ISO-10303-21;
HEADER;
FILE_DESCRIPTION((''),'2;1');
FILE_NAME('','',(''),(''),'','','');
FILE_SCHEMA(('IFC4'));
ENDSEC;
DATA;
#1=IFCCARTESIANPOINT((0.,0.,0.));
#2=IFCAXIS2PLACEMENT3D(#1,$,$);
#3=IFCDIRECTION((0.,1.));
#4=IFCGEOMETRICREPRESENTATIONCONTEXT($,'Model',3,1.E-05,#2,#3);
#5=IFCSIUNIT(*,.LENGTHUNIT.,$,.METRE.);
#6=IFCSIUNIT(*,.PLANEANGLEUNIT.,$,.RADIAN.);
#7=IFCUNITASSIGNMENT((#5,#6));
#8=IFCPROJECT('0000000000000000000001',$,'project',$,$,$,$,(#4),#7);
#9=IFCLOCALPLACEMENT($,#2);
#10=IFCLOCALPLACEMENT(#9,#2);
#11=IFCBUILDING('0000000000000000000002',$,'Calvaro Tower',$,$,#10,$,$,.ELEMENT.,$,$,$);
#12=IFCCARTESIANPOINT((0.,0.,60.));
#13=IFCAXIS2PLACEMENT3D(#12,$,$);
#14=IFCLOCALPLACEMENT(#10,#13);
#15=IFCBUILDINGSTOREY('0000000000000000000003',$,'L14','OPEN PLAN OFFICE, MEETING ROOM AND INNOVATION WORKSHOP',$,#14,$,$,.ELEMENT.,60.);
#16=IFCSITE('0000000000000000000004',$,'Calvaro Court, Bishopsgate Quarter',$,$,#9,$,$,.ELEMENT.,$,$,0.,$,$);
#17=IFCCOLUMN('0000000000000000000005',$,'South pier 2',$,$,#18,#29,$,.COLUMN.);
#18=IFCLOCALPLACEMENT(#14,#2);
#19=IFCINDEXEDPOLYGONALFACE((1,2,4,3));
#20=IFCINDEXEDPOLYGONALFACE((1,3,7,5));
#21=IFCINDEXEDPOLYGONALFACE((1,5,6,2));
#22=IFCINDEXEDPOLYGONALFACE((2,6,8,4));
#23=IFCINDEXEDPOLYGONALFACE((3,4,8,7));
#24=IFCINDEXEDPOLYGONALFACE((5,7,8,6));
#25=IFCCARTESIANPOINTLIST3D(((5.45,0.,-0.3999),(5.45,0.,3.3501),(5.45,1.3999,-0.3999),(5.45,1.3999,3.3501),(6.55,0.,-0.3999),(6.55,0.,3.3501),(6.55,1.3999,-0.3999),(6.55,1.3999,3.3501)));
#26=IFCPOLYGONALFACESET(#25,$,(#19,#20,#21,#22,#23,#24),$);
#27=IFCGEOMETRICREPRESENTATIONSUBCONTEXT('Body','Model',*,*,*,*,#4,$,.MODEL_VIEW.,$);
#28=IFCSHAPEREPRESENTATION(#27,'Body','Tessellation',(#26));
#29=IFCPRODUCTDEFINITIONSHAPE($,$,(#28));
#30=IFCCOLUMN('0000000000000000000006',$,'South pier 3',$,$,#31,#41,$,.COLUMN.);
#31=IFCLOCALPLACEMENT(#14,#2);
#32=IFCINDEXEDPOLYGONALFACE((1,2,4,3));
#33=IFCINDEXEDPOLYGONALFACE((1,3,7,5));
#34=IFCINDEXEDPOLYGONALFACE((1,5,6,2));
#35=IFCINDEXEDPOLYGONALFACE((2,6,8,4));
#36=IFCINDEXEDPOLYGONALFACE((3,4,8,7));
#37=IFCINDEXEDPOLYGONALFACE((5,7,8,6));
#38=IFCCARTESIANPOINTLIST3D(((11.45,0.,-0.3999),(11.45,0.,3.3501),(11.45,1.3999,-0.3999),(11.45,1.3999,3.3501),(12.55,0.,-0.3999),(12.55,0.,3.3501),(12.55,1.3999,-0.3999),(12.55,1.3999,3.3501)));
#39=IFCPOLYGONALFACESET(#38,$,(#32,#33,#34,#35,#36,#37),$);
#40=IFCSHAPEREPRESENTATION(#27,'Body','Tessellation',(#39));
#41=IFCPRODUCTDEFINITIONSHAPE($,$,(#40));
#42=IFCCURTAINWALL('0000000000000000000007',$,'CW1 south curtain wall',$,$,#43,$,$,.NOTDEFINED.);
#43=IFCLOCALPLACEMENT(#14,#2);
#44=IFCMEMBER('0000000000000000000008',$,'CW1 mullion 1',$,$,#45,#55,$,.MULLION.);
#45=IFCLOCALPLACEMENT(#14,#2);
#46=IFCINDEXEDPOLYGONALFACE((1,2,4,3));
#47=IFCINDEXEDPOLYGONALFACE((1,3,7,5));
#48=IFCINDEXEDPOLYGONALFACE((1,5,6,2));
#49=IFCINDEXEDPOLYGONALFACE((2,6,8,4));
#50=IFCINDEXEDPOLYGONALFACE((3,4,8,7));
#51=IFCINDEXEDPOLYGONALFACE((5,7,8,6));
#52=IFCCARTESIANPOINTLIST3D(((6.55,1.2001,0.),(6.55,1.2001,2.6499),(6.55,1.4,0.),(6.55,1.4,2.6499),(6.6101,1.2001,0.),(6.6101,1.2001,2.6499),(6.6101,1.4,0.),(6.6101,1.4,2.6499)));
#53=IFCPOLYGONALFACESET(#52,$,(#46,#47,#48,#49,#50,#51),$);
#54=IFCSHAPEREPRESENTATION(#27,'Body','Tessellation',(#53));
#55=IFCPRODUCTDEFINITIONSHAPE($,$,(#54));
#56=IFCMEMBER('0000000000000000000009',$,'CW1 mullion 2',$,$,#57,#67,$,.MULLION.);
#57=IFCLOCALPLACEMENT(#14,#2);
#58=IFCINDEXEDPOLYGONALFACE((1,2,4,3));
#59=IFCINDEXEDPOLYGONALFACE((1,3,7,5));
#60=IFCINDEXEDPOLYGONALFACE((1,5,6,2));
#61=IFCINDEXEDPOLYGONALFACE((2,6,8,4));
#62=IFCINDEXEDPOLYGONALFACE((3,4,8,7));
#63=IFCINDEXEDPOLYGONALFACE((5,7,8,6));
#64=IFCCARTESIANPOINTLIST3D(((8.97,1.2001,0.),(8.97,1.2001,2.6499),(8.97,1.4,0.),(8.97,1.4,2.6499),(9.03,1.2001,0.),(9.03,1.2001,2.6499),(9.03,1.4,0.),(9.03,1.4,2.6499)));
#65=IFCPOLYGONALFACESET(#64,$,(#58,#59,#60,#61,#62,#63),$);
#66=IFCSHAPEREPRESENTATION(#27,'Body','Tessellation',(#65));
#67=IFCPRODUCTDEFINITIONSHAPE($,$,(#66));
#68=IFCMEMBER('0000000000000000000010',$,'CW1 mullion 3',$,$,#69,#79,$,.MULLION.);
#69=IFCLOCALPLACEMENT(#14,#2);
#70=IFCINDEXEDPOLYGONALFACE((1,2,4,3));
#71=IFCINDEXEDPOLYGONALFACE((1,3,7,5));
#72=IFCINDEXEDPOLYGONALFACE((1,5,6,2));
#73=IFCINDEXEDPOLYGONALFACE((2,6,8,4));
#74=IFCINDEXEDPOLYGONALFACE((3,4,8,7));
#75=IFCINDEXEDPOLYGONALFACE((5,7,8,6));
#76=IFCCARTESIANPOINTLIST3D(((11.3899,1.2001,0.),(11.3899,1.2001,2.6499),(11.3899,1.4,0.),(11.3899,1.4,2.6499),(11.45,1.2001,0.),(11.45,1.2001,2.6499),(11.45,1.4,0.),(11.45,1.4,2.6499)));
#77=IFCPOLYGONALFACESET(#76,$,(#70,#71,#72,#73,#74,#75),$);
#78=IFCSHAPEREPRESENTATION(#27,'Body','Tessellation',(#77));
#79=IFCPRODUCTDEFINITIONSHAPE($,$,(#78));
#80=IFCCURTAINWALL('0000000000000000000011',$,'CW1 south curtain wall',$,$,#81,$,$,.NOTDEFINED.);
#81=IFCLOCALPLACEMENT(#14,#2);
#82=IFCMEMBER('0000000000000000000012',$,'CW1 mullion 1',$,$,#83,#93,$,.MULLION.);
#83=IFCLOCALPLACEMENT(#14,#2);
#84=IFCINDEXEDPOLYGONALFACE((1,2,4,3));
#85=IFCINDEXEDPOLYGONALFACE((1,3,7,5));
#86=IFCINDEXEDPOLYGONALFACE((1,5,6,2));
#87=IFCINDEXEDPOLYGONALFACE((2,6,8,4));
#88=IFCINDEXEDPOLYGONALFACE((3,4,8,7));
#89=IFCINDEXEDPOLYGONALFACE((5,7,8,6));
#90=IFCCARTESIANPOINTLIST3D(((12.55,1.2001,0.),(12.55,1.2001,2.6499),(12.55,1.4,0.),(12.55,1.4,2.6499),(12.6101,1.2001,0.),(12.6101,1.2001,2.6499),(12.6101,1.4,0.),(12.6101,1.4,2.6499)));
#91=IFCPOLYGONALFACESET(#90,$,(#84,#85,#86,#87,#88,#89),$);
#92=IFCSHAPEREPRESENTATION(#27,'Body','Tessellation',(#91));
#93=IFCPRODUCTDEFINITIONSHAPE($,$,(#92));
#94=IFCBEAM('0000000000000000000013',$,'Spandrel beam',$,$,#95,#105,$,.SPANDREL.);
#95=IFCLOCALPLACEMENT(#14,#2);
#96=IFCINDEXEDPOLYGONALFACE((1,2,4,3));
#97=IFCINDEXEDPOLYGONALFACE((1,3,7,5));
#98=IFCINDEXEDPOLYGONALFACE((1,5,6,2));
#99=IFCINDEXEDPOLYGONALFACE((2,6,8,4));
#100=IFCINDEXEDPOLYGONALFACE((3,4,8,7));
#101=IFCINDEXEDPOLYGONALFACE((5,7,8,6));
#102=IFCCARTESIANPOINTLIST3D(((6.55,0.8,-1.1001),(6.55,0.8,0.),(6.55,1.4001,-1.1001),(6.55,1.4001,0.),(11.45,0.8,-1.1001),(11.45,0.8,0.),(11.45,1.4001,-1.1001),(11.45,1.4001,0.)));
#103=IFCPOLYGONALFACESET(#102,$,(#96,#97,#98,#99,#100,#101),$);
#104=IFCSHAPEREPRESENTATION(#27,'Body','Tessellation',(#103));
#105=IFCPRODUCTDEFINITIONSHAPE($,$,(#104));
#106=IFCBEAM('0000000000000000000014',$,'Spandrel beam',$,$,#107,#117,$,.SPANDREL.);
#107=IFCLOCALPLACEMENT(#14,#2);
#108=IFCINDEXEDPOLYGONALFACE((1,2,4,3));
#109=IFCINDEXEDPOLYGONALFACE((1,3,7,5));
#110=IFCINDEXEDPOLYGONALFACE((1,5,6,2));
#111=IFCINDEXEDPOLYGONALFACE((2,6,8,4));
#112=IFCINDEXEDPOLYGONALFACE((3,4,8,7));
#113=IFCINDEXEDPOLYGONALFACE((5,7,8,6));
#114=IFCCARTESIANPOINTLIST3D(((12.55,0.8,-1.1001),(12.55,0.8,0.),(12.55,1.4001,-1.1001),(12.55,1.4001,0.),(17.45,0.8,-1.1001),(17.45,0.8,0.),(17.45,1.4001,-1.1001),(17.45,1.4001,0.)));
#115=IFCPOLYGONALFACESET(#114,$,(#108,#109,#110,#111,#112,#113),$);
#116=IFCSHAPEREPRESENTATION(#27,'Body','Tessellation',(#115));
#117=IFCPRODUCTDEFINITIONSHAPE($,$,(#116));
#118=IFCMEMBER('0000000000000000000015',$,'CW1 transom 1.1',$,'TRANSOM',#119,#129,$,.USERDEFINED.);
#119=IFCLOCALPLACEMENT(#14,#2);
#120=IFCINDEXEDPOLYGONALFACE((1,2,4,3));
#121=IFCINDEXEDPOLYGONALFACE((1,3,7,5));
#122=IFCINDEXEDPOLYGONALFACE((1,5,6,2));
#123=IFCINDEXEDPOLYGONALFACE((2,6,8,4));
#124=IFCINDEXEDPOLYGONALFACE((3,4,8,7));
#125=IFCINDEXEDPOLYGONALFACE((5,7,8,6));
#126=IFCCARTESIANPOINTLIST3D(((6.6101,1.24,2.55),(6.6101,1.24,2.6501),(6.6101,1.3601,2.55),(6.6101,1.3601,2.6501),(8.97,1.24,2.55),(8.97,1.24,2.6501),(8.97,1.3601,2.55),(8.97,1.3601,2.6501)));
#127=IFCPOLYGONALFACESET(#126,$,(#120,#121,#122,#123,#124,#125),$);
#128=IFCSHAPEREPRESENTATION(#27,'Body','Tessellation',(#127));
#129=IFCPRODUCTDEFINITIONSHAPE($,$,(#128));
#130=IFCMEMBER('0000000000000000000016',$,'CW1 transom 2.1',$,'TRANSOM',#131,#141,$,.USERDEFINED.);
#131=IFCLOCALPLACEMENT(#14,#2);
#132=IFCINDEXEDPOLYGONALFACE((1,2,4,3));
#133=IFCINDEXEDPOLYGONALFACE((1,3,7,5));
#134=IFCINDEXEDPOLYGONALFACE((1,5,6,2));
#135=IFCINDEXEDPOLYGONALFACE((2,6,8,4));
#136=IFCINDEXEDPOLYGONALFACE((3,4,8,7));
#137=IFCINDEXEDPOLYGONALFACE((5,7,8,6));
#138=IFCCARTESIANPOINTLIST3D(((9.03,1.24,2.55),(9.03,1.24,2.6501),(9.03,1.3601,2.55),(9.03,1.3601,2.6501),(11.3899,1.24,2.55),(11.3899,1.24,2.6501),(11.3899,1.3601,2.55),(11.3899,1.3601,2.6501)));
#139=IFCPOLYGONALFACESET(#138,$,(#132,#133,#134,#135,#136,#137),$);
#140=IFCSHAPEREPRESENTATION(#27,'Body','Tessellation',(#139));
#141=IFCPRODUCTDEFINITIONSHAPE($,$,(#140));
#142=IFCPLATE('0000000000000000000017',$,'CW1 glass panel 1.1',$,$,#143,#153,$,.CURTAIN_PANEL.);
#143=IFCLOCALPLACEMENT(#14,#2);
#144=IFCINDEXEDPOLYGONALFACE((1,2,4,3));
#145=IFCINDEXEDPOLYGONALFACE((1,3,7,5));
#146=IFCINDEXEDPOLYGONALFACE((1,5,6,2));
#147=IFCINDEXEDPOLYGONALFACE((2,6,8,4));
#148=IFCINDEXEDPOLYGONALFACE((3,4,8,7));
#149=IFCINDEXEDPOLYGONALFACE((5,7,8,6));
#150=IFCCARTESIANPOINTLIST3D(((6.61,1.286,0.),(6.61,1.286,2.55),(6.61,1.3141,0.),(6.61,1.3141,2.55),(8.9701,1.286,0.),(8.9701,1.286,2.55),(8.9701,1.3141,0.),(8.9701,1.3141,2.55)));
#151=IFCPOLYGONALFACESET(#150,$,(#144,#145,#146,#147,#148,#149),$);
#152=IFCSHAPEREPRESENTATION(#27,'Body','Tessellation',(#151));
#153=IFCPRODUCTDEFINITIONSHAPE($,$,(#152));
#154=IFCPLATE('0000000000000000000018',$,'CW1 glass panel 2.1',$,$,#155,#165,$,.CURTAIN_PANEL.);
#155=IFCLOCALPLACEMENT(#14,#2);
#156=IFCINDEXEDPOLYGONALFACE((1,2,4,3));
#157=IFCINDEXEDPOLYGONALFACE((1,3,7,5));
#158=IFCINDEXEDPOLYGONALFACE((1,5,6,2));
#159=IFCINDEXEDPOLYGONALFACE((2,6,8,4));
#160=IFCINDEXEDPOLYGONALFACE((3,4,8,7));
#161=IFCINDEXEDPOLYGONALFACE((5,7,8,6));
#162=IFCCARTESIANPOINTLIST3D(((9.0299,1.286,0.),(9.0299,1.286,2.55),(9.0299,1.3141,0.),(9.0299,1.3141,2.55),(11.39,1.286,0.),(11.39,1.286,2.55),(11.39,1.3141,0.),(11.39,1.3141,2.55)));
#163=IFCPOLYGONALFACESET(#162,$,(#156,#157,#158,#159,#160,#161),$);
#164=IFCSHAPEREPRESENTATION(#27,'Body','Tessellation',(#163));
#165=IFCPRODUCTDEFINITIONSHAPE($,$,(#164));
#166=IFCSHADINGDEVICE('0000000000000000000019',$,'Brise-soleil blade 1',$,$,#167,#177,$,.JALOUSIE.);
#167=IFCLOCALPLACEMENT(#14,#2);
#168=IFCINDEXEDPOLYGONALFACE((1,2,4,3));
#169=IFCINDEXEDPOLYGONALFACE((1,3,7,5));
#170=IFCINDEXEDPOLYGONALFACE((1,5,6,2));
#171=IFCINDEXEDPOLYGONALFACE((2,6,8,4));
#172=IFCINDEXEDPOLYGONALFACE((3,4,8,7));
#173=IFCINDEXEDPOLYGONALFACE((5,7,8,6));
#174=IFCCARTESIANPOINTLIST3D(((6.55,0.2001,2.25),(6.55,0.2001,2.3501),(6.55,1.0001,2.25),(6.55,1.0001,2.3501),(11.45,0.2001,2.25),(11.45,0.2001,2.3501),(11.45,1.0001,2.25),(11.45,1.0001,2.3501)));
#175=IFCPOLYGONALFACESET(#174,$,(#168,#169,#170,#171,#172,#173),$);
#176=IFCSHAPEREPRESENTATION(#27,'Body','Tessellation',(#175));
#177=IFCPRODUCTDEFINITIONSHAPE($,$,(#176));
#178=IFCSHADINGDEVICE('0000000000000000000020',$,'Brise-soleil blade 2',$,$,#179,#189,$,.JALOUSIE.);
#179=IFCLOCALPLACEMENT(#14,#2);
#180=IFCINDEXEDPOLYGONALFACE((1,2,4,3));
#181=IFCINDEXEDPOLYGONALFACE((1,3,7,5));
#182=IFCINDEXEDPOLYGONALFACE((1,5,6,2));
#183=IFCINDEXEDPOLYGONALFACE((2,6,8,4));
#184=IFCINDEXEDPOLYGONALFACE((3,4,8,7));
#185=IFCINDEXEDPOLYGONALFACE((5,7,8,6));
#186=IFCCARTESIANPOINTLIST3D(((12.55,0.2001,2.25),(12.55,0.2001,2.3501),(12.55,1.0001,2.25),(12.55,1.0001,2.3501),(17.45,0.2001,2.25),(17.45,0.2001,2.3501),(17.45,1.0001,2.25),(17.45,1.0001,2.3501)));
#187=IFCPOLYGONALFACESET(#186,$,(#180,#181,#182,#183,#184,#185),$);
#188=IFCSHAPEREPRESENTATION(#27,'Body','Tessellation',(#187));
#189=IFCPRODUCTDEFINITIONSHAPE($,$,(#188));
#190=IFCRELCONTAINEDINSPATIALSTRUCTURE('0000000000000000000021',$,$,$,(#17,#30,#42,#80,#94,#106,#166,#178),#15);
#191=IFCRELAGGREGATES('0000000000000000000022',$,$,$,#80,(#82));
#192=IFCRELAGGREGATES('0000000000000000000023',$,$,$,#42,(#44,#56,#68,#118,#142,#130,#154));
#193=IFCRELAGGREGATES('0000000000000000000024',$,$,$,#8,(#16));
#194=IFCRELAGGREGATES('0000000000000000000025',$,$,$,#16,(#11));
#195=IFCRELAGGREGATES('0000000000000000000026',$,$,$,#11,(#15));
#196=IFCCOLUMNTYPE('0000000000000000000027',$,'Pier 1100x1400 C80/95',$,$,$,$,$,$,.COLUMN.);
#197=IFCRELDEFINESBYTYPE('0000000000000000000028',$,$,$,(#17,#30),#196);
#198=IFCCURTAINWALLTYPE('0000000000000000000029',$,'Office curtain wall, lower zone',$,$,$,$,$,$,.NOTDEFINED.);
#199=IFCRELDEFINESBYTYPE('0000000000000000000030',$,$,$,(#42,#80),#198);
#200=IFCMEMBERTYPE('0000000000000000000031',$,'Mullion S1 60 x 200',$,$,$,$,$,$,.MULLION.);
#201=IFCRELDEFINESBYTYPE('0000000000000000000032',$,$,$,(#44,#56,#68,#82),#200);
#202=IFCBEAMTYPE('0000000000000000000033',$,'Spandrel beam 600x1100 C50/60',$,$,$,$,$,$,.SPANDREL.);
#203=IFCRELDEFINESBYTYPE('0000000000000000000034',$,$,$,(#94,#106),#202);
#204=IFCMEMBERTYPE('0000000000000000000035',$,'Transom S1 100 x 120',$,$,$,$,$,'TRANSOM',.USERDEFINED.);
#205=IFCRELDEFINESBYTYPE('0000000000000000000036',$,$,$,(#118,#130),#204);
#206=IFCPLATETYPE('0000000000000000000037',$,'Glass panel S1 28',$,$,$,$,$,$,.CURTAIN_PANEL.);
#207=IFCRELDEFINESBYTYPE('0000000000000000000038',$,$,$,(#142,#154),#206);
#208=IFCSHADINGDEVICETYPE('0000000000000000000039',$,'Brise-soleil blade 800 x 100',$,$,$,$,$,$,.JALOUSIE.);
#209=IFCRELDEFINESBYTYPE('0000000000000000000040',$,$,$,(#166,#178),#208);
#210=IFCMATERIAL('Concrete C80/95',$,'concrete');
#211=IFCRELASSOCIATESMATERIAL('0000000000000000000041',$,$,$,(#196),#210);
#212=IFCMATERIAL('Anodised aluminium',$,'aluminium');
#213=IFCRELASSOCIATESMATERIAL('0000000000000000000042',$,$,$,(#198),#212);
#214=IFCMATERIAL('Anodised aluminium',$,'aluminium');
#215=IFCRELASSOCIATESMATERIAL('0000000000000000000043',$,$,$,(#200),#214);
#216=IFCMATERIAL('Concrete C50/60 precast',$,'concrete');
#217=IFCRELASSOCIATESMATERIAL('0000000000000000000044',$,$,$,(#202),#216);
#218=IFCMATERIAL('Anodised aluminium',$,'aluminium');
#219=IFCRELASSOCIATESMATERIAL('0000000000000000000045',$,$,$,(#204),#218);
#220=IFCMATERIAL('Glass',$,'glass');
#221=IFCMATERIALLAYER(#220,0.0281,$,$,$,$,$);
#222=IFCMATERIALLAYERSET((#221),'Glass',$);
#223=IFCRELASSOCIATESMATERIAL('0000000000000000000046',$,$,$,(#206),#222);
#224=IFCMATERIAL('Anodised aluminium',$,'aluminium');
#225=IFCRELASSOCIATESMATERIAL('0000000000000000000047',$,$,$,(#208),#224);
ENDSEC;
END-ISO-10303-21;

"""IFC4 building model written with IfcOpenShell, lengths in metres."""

from ifc_helpers import new_model, si_unit, direction, frame, origin, origin_2d, place, context, subcontext, project, spatial, rectangle, extrude, material, layer, layer_set, material_profile, profile_set, type_object, element, aggregate, save


model = new_model("IFC4")

# Units and contexts
model_context = context("Model", 3, precision=1e-05, world=origin(), true_north=direction((0.0, 1.0)))
body_context = subcontext(model_context, "Body", "Model", "MODEL_VIEW")
ifc_project = project(units=[si_unit("LENGTHUNIT", "METRE"), si_unit("PLANEANGLEUNIT", "RADIAN")], contexts=[model_context])

# Site, building, storey
site_placement = place(None, origin())
site = spatial("IfcSite", under=ifc_project, at=site_placement, Name="Calvaro Court, Bishopsgate Quarter", CompositionType="ELEMENT", RefElevation=0.0)
building_placement = place(site_placement, origin())
building = spatial("IfcBuilding", under=site, at=building_placement, Name="Calvaro Tower", CompositionType="ELEMENT")
storey_placement = place(building_placement, frame((0.0, 0.0, 60.0)))
storey = spatial("IfcBuildingStorey", under=building, at=storey_placement, Name="L14", Description="OPEN PLAN OFFICE, MEETING ROOM AND INNOVATION WORKSHOP", CompositionType="ELEMENT", Elevation=60.0)

# Columns
ifc_material_1 = material(Name="Concrete C80/95", Category="concrete")
ifc_material_profile_1 = material_profile(ifc_material_1, rectangle(XDim=1.1001, YDim=1.3999, at=origin_2d()), Name="RC 1100x1400")
ifc_profile_set_1 = profile_set([ifc_material_profile_1], Name="Concrete C80/95")
column_type = type_object("IfcColumnType", Name="Pier 1100x1400 C80/95", PredefinedType="COLUMN", material=ifc_profile_set_1)
for number, where, z_axis, x_axis, name in (
    (1, (6.0, 0.7, -0.3999), (0.0, 0.0, 1.0), (1.0, 0.0, 0.0), "South pier 2"),
    (2, (12.0, 0.7, -0.3999), (0.0, 0.0, 1.0), (1.0, 0.0, 0.0), "South pier 3"),
):
    element("IfcColumn", number, at=place(storey_placement, frame(where, z_axis=z_axis, x_axis=x_axis)), inside=storey, type_object=column_type, Name=name, PredefinedType="COLUMN", context=body_context, shape_type="SweptSolid", body=[
        extrude(rectangle(XDim=1.1001, YDim=1.3999, at=origin_2d()), origin(), (0.0, 0.0, 1.0), 3.75),
    ])

# Curtain wall, members
ifc_material_2 = material(Name="Anodised aluminium", Category="aluminium")
curtain_wall_type = type_object("IfcCurtainWallType", Name="Office curtain wall, lower zone", PredefinedType="NOTDEFINED", material=ifc_material_2)
curtain_wall_1_placement = place(storey_placement, origin())
curtain_wall_1 = element("IfcCurtainWall", 3, at=curtain_wall_1_placement, inside=storey, type_object=curtain_wall_type, Name="CW1 south curtain wall", PredefinedType="NOTDEFINED")
ifc_material_3 = material(Name="Anodised aluminium", Category="aluminium")
ifc_material_profile_2 = material_profile(ifc_material_3, rectangle(XDim=0.2, YDim=0.0601, at=origin_2d()), Name="Mullion S1 60 x 200")
ifc_profile_set_2 = profile_set([ifc_material_profile_2], Name="Anodised aluminium")
member_type_1 = type_object("IfcMemberType", Name="Mullion S1 60 x 200", PredefinedType="MULLION", material=ifc_profile_set_2)
member_1_placement = place(storey_placement, frame((6.5801, 1.3, 0.0), z_axis=(0.0, 0.0, 1.0), x_axis=(0.0, 1.0, 0.0)))
member_1 = element("IfcMember", 4, at=member_1_placement, type_object=member_type_1, Name="CW1 mullion 1", PredefinedType="MULLION", context=body_context, shape_type="SweptSolid", body=[
    extrude(rectangle(XDim=0.2, YDim=0.0601, at=origin_2d()), origin(), (0.0, 0.0, 1.0), 2.6499),
])
member_2_placement = place(storey_placement, frame((9.0, 1.3, 0.0), z_axis=(0.0, 0.0, 1.0), x_axis=(0.0, 1.0, 0.0)))
member_2 = element("IfcMember", 5, at=member_2_placement, type_object=member_type_1, Name="CW1 mullion 2", PredefinedType="MULLION", context=body_context, shape_type="SweptSolid", body=[
    extrude(rectangle(XDim=0.2, YDim=0.0601, at=origin_2d()), origin(), (0.0, 0.0, 1.0), 2.6499),
])
member_3_placement = place(storey_placement, frame((11.4199, 1.3, 0.0), z_axis=(0.0, 0.0, 1.0), x_axis=(0.0, 1.0, 0.0)))
member_3 = element("IfcMember", 6, at=member_3_placement, type_object=member_type_1, Name="CW1 mullion 3", PredefinedType="MULLION", context=body_context, shape_type="SweptSolid", body=[
    extrude(rectangle(XDim=0.2, YDim=0.0601, at=origin_2d()), origin(), (0.0, 0.0, 1.0), 2.6499),
])

# Curtain wall, member
curtain_wall_2_placement = place(storey_placement, origin())
curtain_wall_2 = element("IfcCurtainWall", 7, at=curtain_wall_2_placement, inside=storey, type_object=curtain_wall_type, Name="CW1 south curtain wall", PredefinedType="NOTDEFINED")
member_4_placement = place(storey_placement, frame((12.5801, 1.3, 0.0), z_axis=(0.0, 0.0, 1.0), x_axis=(0.0, 1.0, 0.0)))
member_4 = element("IfcMember", 8, at=member_4_placement, type_object=member_type_1, Name="CW1 mullion 1", PredefinedType="MULLION", context=body_context, shape_type="SweptSolid", body=[
    extrude(rectangle(XDim=0.2, YDim=0.0601, at=origin_2d()), origin(), (0.0, 0.0, 1.0), 2.6499),
])
aggregate(curtain_wall_2, [member_4])

# Beams
ifc_material_4 = material(Name="Concrete C50/60 precast", Category="concrete")
ifc_material_profile_3 = material_profile(ifc_material_4, rectangle(XDim=0.6001, YDim=1.1001, at=origin_2d()), Name="RC 600x1100")
ifc_profile_set_3 = profile_set([ifc_material_profile_3], Name="Concrete C50/60 precast")
beam_type = type_object("IfcBeamType", Name="Spandrel beam 600x1100 C50/60", PredefinedType="SPANDREL", material=ifc_profile_set_3)
for number, where, z_axis, x_axis, name in (
    (9, (6.55, 1.1001, -0.55), (1.0, 0.0, 0.0), (0.0, 1.0, 0.0), "Spandrel beam"),
    (10, (12.55, 1.1001, -0.55), (1.0, 0.0, 0.0), (0.0, 1.0, 0.0), "Spandrel beam"),
):
    element("IfcBeam", number, at=place(storey_placement, frame(where, z_axis=z_axis, x_axis=x_axis)), inside=storey, type_object=beam_type, Name=name, PredefinedType="SPANDREL", context=body_context, shape_type="SweptSolid", body=[
        extrude(rectangle(XDim=0.6001, YDim=1.1001, at=origin_2d()), origin(), (0.0, 0.0, 1.0), 4.8999),
    ])

# Members
ifc_material_5 = material(Name="Anodised aluminium", Category="aluminium")
ifc_material_profile_4 = material_profile(ifc_material_5, rectangle(XDim=0.1201, YDim=0.1001, at=origin_2d()), Name="Transom S1 100 x 120")
ifc_profile_set_4 = profile_set([ifc_material_profile_4], Name="Anodised aluminium")
member_type_2 = type_object("IfcMemberType", Name="Transom S1 100 x 120", ElementType="TRANSOM", PredefinedType="USERDEFINED", material=ifc_profile_set_4)
member_5_placement = place(storey_placement, frame((6.6101, 1.3, 2.6001), z_axis=(1.0, 0.0, 0.0), x_axis=(0.0, 1.0, 0.0)))
member_5 = element("IfcMember", 11, at=member_5_placement, type_object=member_type_2, Name="CW1 transom 1.1", ObjectType="TRANSOM", PredefinedType="USERDEFINED", context=body_context, shape_type="SweptSolid", body=[
    extrude(rectangle(XDim=0.1201, YDim=0.1001, at=origin_2d()), origin(), (0.0, 0.0, 1.0), 2.3599),
])
member_6_placement = place(storey_placement, frame((9.03, 1.3, 2.6001), z_axis=(1.0, 0.0, 0.0), x_axis=(0.0, 1.0, 0.0)))
member_6 = element("IfcMember", 12, at=member_6_placement, type_object=member_type_2, Name="CW1 transom 2.1", ObjectType="TRANSOM", PredefinedType="USERDEFINED", context=body_context, shape_type="SweptSolid", body=[
    extrude(rectangle(XDim=0.1201, YDim=0.1001, at=origin_2d()), origin(), (0.0, 0.0, 1.0), 2.3599),
])

# Plates
ifc_material_6 = material(Name="Glass", Category="glass")
ifc_layer_1 = layer(ifc_material_6, 0.0281)
ifc_layer_set_1 = layer_set([ifc_layer_1], Name="Glass")
plate_type = type_object("IfcPlateType", Name="Glass panel S1 28", PredefinedType="CURTAIN_PANEL", material=ifc_layer_set_1)
plate_1_placement = place(storey_placement, frame((7.79, 1.3, 0.0), z_axis=(0.0, 0.0, 1.0), x_axis=(1.0, 0.0, 0.0)))
plate_1 = element("IfcPlate", 13, at=plate_1_placement, type_object=plate_type, Name="CW1 glass panel 1.1", PredefinedType="CURTAIN_PANEL", context=body_context, shape_type="SweptSolid", body=[
    extrude(rectangle(XDim=2.3601, YDim=0.0281, at=origin_2d()), origin(), (0.0, 0.0, 1.0), 2.55),
])
plate_2_placement = place(storey_placement, frame((10.21, 1.3, 0.0), z_axis=(0.0, 0.0, 1.0), x_axis=(1.0, 0.0, 0.0)))
plate_2 = element("IfcPlate", 14, at=plate_2_placement, type_object=plate_type, Name="CW1 glass panel 2.1", PredefinedType="CURTAIN_PANEL", context=body_context, shape_type="SweptSolid", body=[
    extrude(rectangle(XDim=2.3601, YDim=0.0281, at=origin_2d()), origin(), (0.0, 0.0, 1.0), 2.55),
])
aggregate(curtain_wall_1, [member_1, member_2, member_3, member_5, plate_1, member_6, plate_2])

# Shading devices
ifc_material_7 = material(Name="Anodised aluminium", Category="aluminium")
ifc_material_profile_5 = material_profile(ifc_material_7, rectangle(XDim=0.8, YDim=0.1001, at=origin_2d()), Name="Brise-soleil blade 800 x 100")
ifc_profile_set_5 = profile_set([ifc_material_profile_5], Name="Anodised aluminium")
shading_device_type = type_object("IfcShadingDeviceType", Name="Brise-soleil blade 800 x 100", PredefinedType="JALOUSIE", material=ifc_profile_set_5)
for number, where, z_axis, x_axis, name in (
    (15, (6.55, 0.6001, 2.3), (1.0, 0.0, 0.0), (0.0, 1.0, 0.0), "Brise-soleil blade 1"),
    (16, (12.55, 0.6001, 2.3), (1.0, 0.0, 0.0), (0.0, 1.0, 0.0), "Brise-soleil blade 2"),
):
    element("IfcShadingDevice", number, at=place(storey_placement, frame(where, z_axis=z_axis, x_axis=x_axis)), inside=storey, type_object=shading_device_type, Name=name, PredefinedType="JALOUSIE", context=body_context, shape_type="SweptSolid", body=[
        extrude(rectangle(XDim=0.8, YDim=0.1001, at=origin_2d()), origin(), (0.0, 0.0, 1.0), 4.8999),
    ])

save(model, "model.ifc")
